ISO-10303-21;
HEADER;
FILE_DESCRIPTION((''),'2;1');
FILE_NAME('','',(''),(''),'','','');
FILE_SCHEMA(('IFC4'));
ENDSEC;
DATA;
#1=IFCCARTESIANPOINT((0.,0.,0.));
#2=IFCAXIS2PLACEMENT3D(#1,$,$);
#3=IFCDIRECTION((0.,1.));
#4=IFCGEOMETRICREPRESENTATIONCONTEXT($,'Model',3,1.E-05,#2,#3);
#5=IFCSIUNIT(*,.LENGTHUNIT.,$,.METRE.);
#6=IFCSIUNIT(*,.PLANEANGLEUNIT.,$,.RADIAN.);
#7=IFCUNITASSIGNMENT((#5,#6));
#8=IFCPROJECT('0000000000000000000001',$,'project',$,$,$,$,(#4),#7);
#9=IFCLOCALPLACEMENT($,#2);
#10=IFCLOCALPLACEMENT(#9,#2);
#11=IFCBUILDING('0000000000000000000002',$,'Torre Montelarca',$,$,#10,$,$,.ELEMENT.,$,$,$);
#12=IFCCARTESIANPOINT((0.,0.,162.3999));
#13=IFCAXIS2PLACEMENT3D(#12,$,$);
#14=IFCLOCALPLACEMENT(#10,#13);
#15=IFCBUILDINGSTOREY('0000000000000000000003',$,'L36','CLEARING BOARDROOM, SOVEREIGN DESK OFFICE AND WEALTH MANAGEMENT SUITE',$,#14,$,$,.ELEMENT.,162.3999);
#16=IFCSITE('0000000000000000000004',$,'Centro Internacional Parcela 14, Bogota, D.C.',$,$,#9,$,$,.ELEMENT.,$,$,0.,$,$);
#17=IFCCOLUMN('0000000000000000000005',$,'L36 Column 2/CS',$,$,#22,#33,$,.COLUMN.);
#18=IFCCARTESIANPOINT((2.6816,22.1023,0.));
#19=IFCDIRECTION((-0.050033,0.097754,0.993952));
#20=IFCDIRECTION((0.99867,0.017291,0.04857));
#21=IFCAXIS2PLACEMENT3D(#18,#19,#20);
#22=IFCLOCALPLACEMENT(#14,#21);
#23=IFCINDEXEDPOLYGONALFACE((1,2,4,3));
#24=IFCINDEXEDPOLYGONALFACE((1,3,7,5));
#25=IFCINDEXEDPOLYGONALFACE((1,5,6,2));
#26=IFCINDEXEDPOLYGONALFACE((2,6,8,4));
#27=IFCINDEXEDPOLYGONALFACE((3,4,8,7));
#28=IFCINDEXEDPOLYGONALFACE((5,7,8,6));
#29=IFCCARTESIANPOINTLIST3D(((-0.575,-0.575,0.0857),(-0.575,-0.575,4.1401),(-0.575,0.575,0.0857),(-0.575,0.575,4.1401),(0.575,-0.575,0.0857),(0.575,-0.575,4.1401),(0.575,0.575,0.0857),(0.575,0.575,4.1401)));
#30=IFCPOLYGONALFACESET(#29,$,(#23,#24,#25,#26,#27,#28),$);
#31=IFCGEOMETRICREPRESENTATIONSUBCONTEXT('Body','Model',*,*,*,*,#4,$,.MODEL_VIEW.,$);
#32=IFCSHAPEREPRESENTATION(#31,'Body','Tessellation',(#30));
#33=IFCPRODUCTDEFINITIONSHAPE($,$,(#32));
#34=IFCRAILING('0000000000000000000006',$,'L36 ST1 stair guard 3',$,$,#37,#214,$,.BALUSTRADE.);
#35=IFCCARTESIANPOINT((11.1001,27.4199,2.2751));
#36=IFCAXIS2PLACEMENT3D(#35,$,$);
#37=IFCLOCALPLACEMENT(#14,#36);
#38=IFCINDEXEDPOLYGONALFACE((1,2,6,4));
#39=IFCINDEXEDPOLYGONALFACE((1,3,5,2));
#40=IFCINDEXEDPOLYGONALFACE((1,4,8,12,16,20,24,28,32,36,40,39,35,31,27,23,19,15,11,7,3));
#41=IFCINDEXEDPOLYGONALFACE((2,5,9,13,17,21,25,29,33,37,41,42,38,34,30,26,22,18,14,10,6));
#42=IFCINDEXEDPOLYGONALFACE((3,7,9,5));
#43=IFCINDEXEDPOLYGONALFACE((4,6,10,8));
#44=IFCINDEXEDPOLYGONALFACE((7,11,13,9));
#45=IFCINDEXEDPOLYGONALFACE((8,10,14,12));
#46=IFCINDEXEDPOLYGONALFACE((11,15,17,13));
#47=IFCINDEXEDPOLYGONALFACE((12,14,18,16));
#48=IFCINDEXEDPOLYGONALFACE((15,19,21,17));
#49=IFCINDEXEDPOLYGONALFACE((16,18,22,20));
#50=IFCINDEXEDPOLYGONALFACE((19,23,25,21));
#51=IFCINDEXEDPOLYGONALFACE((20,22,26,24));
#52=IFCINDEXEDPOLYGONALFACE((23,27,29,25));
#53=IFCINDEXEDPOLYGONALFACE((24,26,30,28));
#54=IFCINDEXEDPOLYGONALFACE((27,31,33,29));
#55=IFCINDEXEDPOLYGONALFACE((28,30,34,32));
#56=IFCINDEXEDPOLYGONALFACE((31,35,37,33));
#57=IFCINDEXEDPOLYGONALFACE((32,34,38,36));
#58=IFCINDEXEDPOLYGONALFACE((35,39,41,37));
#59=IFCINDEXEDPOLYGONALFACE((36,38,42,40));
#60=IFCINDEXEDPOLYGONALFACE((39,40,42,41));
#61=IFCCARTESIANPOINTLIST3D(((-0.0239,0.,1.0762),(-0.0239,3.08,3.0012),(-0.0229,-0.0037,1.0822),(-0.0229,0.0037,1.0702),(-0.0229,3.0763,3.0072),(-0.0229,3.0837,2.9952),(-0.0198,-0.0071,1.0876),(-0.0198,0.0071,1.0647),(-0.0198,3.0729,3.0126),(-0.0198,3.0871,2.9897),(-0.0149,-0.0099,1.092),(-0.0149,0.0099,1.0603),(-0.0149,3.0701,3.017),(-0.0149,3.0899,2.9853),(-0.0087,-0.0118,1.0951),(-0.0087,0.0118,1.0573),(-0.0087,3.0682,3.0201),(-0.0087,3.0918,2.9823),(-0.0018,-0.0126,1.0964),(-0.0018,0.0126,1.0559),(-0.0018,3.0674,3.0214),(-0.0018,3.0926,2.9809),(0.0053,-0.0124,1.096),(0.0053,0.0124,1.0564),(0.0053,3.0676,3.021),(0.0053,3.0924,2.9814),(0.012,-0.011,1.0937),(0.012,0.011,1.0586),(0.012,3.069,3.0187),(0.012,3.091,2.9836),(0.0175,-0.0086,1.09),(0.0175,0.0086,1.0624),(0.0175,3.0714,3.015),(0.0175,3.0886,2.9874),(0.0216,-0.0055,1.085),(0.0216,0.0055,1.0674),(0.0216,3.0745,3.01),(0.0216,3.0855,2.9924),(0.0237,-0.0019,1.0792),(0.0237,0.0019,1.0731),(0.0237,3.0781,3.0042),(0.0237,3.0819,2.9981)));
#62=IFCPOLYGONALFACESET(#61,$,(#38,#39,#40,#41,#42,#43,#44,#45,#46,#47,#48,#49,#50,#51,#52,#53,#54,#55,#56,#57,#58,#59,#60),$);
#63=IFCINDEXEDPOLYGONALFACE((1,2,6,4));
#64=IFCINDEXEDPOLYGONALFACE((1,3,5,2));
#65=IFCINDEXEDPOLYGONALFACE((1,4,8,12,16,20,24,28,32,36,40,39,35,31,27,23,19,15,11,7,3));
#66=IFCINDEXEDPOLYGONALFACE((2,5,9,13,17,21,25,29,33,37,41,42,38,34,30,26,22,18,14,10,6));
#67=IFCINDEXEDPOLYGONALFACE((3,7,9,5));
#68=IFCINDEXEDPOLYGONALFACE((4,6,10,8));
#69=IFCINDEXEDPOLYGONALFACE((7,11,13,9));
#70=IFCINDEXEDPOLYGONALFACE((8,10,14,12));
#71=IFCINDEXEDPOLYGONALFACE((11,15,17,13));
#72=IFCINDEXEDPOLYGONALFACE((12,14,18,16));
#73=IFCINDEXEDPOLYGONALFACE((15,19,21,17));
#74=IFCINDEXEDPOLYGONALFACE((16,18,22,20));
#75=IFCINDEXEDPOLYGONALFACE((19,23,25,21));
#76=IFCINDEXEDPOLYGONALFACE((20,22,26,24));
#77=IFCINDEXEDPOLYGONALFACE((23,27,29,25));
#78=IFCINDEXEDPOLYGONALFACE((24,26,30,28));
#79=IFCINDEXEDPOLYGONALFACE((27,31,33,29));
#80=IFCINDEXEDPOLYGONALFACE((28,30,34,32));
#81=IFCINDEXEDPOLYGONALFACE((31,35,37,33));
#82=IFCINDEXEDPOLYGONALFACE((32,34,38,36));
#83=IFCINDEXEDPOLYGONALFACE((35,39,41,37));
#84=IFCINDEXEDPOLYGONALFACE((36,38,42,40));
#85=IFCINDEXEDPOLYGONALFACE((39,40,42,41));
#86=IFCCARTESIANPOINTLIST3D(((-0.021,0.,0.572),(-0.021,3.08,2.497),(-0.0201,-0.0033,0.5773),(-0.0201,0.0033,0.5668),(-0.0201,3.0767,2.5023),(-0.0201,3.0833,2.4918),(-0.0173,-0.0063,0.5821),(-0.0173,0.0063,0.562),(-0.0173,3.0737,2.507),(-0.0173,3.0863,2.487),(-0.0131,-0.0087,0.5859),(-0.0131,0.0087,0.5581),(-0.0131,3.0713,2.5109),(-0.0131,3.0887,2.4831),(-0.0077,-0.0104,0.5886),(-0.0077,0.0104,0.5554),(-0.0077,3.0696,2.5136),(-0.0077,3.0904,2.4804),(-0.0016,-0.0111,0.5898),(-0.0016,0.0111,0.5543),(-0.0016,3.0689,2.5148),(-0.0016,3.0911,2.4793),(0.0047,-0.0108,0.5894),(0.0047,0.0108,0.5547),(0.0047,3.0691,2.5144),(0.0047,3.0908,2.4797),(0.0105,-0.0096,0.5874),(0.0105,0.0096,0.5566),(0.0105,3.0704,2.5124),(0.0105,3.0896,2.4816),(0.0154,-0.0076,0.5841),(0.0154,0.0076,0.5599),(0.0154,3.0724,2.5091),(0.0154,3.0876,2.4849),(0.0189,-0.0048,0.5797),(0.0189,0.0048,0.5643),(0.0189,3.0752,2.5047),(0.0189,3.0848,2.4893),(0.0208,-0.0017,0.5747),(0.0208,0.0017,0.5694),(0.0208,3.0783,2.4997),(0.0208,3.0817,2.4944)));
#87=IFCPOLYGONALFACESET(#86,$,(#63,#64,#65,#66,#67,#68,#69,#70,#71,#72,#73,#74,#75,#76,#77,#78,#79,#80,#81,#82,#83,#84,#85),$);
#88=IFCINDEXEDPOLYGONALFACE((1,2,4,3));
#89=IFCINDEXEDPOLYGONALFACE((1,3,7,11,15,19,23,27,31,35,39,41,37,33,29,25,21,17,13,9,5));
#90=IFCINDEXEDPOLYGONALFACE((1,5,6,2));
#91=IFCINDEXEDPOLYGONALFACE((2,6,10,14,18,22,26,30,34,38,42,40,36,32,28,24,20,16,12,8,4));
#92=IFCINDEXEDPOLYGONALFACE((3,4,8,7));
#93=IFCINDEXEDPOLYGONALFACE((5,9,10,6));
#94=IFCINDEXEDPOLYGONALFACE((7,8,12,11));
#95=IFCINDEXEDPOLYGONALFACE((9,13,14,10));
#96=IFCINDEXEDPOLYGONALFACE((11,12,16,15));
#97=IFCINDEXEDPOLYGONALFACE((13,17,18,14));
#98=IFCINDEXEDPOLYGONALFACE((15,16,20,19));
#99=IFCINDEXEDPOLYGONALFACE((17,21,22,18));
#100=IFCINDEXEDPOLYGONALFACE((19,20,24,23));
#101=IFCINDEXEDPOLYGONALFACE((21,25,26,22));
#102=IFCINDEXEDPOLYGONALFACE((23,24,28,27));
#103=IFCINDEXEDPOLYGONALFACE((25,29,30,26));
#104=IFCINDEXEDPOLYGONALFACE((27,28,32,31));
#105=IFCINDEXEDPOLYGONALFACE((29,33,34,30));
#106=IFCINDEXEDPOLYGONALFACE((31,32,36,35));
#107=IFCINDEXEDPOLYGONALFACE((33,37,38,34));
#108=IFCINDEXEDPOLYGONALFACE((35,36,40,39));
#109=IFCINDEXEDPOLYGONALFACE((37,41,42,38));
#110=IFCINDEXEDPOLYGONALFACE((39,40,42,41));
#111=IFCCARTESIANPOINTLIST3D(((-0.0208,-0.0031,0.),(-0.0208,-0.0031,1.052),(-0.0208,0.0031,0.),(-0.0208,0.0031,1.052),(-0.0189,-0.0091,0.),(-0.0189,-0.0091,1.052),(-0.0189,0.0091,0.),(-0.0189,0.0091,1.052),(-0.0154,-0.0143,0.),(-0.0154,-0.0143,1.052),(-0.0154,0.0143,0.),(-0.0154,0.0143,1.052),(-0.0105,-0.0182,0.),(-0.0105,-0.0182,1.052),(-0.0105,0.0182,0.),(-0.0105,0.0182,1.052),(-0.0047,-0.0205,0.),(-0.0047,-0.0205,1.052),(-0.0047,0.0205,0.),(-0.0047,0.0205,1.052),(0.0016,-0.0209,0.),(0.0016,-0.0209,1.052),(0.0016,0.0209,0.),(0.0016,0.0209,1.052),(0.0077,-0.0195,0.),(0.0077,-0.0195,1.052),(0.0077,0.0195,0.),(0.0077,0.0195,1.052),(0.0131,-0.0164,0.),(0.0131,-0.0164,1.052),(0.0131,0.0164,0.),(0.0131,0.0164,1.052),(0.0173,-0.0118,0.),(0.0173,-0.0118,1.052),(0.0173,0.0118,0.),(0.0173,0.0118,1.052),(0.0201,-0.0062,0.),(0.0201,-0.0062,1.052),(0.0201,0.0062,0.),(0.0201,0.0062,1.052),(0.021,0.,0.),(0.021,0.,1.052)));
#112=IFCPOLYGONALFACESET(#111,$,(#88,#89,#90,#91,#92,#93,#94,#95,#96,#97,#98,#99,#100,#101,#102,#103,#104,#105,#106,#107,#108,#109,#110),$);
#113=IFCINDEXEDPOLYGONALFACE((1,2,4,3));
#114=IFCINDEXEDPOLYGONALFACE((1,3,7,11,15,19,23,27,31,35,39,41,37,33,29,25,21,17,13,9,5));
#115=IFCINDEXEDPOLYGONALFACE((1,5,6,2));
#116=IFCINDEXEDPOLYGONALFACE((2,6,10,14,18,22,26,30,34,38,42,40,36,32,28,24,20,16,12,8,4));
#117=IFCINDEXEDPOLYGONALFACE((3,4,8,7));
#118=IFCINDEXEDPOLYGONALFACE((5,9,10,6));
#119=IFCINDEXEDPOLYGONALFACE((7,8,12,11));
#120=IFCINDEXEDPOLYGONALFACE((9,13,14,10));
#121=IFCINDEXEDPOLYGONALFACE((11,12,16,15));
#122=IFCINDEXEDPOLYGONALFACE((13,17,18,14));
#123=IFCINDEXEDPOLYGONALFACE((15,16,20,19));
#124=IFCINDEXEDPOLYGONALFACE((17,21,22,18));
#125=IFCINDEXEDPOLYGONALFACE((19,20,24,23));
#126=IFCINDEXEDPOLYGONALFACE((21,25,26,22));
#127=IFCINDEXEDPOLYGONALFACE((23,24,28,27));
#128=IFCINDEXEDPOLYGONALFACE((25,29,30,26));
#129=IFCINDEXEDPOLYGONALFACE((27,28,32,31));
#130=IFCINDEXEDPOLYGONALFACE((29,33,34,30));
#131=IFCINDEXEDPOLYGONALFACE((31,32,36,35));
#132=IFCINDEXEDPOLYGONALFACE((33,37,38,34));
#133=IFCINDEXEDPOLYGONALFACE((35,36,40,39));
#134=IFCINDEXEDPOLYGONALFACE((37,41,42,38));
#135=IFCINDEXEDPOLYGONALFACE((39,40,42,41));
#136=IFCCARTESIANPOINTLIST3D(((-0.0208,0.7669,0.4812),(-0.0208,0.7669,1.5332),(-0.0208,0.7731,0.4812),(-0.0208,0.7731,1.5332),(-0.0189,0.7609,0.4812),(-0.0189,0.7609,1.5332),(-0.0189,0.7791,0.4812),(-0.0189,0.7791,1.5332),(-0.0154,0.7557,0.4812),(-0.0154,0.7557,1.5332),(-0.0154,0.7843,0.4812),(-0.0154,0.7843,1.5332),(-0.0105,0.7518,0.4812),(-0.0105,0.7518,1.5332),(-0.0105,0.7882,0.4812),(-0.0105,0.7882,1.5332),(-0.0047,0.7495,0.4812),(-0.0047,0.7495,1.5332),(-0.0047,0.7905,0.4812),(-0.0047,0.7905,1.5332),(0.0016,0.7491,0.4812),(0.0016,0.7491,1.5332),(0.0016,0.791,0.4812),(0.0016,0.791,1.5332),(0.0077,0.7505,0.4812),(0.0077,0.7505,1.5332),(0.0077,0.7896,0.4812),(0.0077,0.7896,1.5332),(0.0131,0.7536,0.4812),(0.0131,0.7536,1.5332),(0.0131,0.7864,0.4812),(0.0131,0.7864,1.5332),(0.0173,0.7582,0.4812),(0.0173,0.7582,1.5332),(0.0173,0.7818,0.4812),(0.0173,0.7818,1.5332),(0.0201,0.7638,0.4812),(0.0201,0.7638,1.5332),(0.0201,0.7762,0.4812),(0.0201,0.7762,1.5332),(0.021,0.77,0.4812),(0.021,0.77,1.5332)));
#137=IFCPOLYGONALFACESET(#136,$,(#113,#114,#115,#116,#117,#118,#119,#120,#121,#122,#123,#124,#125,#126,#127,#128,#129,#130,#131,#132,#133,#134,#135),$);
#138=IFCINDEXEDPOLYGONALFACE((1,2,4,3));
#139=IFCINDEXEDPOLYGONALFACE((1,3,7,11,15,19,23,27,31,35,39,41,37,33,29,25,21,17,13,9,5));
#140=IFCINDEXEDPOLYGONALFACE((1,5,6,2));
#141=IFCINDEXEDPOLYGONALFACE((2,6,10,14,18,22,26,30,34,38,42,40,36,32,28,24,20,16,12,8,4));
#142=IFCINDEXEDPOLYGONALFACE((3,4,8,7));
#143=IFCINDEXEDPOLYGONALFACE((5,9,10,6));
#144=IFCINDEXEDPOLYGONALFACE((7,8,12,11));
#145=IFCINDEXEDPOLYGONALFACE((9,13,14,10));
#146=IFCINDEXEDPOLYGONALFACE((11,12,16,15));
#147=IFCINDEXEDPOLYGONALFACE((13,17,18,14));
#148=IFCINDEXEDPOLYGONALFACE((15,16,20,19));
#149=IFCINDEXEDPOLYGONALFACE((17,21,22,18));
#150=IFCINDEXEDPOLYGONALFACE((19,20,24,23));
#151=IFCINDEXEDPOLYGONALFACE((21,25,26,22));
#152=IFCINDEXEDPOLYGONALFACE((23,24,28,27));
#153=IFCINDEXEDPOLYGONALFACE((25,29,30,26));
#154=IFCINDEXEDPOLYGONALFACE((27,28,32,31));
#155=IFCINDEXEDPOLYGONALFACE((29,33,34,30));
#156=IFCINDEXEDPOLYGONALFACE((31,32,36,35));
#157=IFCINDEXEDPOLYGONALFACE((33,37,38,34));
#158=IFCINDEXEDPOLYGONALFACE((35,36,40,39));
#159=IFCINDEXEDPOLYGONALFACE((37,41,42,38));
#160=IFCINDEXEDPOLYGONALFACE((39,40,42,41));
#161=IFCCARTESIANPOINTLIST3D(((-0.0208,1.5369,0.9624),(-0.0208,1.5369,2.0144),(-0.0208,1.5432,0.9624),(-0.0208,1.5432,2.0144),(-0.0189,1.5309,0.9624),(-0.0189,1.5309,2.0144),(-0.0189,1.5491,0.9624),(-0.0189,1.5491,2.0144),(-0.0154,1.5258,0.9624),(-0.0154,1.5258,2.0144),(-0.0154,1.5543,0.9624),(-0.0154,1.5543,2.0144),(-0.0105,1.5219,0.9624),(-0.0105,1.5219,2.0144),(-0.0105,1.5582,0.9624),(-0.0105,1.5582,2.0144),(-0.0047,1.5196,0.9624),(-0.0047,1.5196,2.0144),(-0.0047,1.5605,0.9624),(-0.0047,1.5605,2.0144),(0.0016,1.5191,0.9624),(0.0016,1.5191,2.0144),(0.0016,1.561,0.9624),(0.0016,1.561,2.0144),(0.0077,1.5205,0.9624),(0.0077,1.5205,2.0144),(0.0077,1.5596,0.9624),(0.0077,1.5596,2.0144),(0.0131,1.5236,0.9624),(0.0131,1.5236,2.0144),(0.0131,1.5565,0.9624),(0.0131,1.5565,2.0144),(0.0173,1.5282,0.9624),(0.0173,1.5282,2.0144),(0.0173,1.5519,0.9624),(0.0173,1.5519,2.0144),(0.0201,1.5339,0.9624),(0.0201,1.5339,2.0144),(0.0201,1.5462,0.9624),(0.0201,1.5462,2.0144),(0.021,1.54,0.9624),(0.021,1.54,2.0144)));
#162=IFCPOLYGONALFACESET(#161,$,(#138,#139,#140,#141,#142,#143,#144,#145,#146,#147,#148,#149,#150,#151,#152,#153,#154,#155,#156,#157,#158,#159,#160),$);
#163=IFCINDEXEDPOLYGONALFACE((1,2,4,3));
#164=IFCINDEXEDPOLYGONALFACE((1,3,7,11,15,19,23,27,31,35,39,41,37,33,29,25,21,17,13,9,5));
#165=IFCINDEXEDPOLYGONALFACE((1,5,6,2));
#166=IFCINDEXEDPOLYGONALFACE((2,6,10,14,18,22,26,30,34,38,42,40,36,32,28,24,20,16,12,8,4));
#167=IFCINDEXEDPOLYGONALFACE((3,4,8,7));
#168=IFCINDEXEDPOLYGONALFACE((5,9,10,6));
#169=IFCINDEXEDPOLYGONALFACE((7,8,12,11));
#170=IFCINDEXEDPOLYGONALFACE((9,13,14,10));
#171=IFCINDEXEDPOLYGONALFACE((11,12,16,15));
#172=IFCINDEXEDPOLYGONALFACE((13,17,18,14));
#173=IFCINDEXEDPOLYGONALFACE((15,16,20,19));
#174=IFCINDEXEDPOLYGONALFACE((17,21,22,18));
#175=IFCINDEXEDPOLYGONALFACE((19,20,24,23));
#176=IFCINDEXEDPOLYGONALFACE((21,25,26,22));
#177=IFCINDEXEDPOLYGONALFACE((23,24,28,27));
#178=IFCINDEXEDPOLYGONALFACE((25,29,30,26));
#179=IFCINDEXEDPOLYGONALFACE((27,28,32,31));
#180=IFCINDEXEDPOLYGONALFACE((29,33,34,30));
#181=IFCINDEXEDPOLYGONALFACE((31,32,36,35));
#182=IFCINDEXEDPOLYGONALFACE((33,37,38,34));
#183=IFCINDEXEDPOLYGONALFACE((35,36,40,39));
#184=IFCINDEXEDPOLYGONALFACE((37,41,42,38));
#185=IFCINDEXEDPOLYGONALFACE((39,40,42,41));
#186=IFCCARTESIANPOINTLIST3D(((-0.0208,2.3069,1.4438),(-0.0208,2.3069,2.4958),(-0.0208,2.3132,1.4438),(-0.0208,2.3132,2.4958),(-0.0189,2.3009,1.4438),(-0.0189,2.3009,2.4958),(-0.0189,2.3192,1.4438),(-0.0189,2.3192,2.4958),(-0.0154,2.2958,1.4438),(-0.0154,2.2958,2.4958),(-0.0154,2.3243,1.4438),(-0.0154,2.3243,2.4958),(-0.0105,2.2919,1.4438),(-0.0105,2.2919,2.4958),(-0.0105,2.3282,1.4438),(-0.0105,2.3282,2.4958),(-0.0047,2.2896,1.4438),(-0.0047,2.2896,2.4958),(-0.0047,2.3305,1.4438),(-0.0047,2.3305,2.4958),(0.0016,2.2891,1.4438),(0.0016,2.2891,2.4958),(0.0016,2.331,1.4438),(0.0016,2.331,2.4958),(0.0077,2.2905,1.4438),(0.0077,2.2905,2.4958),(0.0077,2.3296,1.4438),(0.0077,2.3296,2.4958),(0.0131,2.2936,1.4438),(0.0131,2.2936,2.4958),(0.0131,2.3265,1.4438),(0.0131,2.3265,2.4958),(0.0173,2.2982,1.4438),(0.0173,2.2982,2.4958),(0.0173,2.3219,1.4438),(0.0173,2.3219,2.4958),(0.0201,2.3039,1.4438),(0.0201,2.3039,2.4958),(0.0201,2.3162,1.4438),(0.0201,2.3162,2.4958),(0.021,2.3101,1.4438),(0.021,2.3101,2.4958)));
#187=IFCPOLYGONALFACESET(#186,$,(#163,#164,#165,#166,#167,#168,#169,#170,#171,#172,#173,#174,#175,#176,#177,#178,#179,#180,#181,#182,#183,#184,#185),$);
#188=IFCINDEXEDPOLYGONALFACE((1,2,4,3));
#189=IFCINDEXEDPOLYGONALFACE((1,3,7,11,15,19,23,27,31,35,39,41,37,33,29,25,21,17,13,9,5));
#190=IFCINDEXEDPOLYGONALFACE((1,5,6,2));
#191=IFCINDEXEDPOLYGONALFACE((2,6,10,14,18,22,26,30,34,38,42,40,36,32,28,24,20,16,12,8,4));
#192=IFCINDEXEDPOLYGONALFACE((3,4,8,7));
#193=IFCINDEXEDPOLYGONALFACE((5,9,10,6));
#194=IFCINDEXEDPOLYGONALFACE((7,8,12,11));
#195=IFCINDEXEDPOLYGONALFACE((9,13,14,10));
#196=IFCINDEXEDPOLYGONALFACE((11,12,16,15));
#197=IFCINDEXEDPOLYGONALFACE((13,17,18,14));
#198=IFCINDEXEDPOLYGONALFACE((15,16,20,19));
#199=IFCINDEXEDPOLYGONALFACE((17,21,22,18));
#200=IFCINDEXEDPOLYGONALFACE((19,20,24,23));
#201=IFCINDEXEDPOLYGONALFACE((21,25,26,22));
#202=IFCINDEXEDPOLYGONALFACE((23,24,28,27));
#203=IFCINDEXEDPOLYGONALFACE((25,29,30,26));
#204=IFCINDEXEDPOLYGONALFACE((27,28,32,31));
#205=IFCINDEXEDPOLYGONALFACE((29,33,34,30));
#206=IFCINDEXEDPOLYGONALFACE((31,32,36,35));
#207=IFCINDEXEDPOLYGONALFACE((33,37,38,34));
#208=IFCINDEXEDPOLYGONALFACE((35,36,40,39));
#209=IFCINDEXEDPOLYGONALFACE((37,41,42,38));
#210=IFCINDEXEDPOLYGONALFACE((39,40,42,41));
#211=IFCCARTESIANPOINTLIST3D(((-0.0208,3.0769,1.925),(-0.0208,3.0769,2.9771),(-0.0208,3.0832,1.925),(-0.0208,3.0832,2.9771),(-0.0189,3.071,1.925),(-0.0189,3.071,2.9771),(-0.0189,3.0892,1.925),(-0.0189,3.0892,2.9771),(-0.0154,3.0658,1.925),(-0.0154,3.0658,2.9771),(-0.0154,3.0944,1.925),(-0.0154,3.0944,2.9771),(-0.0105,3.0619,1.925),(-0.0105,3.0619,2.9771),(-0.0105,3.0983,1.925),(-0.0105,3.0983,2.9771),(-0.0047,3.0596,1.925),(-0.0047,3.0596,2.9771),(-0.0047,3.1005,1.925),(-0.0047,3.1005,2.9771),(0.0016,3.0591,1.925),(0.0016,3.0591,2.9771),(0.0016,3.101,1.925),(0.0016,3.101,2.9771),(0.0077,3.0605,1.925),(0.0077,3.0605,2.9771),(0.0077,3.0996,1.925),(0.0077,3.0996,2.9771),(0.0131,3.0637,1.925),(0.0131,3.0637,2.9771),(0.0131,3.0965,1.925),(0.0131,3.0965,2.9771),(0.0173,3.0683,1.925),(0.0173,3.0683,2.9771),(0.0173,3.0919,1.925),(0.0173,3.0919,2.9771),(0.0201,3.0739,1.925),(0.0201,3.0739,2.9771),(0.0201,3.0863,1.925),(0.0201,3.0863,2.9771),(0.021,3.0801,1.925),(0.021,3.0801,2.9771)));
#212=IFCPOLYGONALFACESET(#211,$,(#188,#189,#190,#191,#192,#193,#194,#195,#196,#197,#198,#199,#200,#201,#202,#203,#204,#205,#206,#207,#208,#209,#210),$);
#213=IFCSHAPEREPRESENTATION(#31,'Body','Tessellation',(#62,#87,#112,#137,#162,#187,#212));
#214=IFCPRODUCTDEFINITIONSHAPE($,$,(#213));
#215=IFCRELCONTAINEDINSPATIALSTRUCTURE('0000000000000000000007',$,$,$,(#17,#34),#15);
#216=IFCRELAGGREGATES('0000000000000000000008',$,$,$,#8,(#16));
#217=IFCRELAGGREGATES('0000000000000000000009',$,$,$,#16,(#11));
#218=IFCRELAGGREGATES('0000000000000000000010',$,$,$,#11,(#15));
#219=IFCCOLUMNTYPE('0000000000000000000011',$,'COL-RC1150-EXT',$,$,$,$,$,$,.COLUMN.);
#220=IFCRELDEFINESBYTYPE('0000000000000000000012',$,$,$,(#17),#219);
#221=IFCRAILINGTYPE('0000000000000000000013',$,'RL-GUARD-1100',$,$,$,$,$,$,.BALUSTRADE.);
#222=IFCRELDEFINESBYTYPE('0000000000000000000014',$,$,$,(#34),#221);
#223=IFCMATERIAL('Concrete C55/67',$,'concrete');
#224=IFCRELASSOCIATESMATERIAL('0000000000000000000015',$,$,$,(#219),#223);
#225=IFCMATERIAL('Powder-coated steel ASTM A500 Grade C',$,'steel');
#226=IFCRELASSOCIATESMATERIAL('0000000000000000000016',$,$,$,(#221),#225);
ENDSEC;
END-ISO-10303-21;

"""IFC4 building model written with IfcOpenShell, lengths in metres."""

from ifc_helpers import new_model, si_unit, direction, frame, origin, origin_2d, place, context, subcontext, project, spatial, rectangle, circle, extrude, clip, halfspace, material, material_profile, profile_set, type_object, element, save


model = new_model("IFC4")

# Units and contexts
model_context = context("Model", 3, precision=1e-05, world=origin(), true_north=direction((0.0, 1.0)))
body_context = subcontext(model_context, "Body", "Model", "MODEL_VIEW")
ifc_project = project(units=[si_unit("LENGTHUNIT", "METRE"), si_unit("PLANEANGLEUNIT", "RADIAN")], contexts=[model_context])

# Site, building, storey
site_placement = place(None, origin())
site = spatial("IfcSite", under=ifc_project, at=site_placement, Name="Centro Internacional Parcela 14, Bogota, D.C.", CompositionType="ELEMENT", RefElevation=0.0)
building_placement = place(site_placement, origin())
building = spatial("IfcBuilding", under=site, at=building_placement, Name="Torre Montelarca", CompositionType="ELEMENT")
storey_placement = place(building_placement, frame((0.0, 0.0, 162.3999)))
storey = spatial("IfcBuildingStorey", under=building, at=storey_placement, Name="L36", Description="CLEARING BOARDROOM, SOVEREIGN DESK OFFICE AND WEALTH MANAGEMENT SUITE", CompositionType="ELEMENT", Elevation=162.3999)

# Column
ifc_material_1 = material(Name="Concrete C55/67", Category="concrete")
ifc_material_profile_1 = material_profile(ifc_material_1, rectangle(XDim=1.1499, YDim=1.1499, at=origin_2d()), Name="RC1150X1150", Category="concrete")
ifc_profile_set_1 = profile_set([ifc_material_profile_1], Name="Concrete C55/67")
column_type_1 = type_object("IfcColumnType", Name="COL-RC1150-EXT", PredefinedType="COLUMN", material=ifc_profile_set_1)
column_1_placement = place(storey_placement, frame((2.6816, 22.1023, 0.0), z_axis=(-0.050033, 0.097754, 0.993952), x_axis=(0.99867, 0.017291, 0.04857)))
element("IfcColumn", 1, at=column_1_placement, inside=storey, type_object=column_type_1, Name="L36 Column 2/CS", PredefinedType="COLUMN", context=body_context, shape_type="Clipping", body=[
    clip(clip(extrude(rectangle(XDim=1.1499, YDim=1.1499, at=origin_2d()), origin(), (0.0, 0.0, 1.0), 4.2258), halfspace(frame((0.0, 0.0, 0.0857), z_axis=(0.0, 0.0, -1.0), x_axis=(1.0, 0.0, 0.0)), False)), halfspace(frame((0.0, 0.0, 4.1401), z_axis=(0.0, 0.0, 1.0), x_axis=(1.0, 0.0, 0.0)), False)),
])

# Railing
ifc_material_2 = material(Name="Powder-coated steel ASTM A500 Grade C", Category="steel")
railing_type_1 = type_object("IfcRailingType", Name="RL-GUARD-1100", PredefinedType="BALUSTRADE", material=ifc_material_2)
railing_1_placement = place(storey_placement, frame((11.1001, 27.4199, 2.2751)))
element("IfcRailing", 2, at=railing_1_placement, inside=storey, type_object=railing_type_1, Name="L36 ST1 stair guard 3", PredefinedType="BALUSTRADE", context=body_context, shape_type="SweptSolid", body=[
    extrude(circle(Radius=0.0239, at=origin_2d()), frame((0.0, 0.0, 1.0762), z_axis=(0.0, 0.847998, 0.529999), x_axis=(-1.0, 0.0, 0.0)), (0.0, 0.0, 1.0), 3.6321),
    extrude(circle(Radius=0.021, at=origin_2d()), frame((0.0, 0.0, 0.572), z_axis=(0.0, 0.847998, 0.529999), x_axis=(-1.0, 0.0, 0.0)), (0.0, 0.0, 1.0), 3.6321),
    extrude(circle(Radius=0.021, at=origin_2d()), origin(), (0.0, 0.0, 1.0), 1.052),
    extrude(circle(Radius=0.021, at=origin_2d()), frame((0.0, 0.77, 0.4812)), (0.0, 0.0, 1.0), 1.052),
    extrude(circle(Radius=0.021, at=origin_2d()), frame((0.0, 1.54, 0.9624)), (0.0, 0.0, 1.0), 1.052),
    extrude(circle(Radius=0.021, at=origin_2d()), frame((0.0, 2.3101, 1.4438)), (0.0, 0.0, 1.0), 1.052),
    extrude(circle(Radius=0.021, at=origin_2d()), frame((0.0, 3.0801, 1.925)), (0.0, 0.0, 1.0), 1.052),
])

save(model, "model.ifc")
